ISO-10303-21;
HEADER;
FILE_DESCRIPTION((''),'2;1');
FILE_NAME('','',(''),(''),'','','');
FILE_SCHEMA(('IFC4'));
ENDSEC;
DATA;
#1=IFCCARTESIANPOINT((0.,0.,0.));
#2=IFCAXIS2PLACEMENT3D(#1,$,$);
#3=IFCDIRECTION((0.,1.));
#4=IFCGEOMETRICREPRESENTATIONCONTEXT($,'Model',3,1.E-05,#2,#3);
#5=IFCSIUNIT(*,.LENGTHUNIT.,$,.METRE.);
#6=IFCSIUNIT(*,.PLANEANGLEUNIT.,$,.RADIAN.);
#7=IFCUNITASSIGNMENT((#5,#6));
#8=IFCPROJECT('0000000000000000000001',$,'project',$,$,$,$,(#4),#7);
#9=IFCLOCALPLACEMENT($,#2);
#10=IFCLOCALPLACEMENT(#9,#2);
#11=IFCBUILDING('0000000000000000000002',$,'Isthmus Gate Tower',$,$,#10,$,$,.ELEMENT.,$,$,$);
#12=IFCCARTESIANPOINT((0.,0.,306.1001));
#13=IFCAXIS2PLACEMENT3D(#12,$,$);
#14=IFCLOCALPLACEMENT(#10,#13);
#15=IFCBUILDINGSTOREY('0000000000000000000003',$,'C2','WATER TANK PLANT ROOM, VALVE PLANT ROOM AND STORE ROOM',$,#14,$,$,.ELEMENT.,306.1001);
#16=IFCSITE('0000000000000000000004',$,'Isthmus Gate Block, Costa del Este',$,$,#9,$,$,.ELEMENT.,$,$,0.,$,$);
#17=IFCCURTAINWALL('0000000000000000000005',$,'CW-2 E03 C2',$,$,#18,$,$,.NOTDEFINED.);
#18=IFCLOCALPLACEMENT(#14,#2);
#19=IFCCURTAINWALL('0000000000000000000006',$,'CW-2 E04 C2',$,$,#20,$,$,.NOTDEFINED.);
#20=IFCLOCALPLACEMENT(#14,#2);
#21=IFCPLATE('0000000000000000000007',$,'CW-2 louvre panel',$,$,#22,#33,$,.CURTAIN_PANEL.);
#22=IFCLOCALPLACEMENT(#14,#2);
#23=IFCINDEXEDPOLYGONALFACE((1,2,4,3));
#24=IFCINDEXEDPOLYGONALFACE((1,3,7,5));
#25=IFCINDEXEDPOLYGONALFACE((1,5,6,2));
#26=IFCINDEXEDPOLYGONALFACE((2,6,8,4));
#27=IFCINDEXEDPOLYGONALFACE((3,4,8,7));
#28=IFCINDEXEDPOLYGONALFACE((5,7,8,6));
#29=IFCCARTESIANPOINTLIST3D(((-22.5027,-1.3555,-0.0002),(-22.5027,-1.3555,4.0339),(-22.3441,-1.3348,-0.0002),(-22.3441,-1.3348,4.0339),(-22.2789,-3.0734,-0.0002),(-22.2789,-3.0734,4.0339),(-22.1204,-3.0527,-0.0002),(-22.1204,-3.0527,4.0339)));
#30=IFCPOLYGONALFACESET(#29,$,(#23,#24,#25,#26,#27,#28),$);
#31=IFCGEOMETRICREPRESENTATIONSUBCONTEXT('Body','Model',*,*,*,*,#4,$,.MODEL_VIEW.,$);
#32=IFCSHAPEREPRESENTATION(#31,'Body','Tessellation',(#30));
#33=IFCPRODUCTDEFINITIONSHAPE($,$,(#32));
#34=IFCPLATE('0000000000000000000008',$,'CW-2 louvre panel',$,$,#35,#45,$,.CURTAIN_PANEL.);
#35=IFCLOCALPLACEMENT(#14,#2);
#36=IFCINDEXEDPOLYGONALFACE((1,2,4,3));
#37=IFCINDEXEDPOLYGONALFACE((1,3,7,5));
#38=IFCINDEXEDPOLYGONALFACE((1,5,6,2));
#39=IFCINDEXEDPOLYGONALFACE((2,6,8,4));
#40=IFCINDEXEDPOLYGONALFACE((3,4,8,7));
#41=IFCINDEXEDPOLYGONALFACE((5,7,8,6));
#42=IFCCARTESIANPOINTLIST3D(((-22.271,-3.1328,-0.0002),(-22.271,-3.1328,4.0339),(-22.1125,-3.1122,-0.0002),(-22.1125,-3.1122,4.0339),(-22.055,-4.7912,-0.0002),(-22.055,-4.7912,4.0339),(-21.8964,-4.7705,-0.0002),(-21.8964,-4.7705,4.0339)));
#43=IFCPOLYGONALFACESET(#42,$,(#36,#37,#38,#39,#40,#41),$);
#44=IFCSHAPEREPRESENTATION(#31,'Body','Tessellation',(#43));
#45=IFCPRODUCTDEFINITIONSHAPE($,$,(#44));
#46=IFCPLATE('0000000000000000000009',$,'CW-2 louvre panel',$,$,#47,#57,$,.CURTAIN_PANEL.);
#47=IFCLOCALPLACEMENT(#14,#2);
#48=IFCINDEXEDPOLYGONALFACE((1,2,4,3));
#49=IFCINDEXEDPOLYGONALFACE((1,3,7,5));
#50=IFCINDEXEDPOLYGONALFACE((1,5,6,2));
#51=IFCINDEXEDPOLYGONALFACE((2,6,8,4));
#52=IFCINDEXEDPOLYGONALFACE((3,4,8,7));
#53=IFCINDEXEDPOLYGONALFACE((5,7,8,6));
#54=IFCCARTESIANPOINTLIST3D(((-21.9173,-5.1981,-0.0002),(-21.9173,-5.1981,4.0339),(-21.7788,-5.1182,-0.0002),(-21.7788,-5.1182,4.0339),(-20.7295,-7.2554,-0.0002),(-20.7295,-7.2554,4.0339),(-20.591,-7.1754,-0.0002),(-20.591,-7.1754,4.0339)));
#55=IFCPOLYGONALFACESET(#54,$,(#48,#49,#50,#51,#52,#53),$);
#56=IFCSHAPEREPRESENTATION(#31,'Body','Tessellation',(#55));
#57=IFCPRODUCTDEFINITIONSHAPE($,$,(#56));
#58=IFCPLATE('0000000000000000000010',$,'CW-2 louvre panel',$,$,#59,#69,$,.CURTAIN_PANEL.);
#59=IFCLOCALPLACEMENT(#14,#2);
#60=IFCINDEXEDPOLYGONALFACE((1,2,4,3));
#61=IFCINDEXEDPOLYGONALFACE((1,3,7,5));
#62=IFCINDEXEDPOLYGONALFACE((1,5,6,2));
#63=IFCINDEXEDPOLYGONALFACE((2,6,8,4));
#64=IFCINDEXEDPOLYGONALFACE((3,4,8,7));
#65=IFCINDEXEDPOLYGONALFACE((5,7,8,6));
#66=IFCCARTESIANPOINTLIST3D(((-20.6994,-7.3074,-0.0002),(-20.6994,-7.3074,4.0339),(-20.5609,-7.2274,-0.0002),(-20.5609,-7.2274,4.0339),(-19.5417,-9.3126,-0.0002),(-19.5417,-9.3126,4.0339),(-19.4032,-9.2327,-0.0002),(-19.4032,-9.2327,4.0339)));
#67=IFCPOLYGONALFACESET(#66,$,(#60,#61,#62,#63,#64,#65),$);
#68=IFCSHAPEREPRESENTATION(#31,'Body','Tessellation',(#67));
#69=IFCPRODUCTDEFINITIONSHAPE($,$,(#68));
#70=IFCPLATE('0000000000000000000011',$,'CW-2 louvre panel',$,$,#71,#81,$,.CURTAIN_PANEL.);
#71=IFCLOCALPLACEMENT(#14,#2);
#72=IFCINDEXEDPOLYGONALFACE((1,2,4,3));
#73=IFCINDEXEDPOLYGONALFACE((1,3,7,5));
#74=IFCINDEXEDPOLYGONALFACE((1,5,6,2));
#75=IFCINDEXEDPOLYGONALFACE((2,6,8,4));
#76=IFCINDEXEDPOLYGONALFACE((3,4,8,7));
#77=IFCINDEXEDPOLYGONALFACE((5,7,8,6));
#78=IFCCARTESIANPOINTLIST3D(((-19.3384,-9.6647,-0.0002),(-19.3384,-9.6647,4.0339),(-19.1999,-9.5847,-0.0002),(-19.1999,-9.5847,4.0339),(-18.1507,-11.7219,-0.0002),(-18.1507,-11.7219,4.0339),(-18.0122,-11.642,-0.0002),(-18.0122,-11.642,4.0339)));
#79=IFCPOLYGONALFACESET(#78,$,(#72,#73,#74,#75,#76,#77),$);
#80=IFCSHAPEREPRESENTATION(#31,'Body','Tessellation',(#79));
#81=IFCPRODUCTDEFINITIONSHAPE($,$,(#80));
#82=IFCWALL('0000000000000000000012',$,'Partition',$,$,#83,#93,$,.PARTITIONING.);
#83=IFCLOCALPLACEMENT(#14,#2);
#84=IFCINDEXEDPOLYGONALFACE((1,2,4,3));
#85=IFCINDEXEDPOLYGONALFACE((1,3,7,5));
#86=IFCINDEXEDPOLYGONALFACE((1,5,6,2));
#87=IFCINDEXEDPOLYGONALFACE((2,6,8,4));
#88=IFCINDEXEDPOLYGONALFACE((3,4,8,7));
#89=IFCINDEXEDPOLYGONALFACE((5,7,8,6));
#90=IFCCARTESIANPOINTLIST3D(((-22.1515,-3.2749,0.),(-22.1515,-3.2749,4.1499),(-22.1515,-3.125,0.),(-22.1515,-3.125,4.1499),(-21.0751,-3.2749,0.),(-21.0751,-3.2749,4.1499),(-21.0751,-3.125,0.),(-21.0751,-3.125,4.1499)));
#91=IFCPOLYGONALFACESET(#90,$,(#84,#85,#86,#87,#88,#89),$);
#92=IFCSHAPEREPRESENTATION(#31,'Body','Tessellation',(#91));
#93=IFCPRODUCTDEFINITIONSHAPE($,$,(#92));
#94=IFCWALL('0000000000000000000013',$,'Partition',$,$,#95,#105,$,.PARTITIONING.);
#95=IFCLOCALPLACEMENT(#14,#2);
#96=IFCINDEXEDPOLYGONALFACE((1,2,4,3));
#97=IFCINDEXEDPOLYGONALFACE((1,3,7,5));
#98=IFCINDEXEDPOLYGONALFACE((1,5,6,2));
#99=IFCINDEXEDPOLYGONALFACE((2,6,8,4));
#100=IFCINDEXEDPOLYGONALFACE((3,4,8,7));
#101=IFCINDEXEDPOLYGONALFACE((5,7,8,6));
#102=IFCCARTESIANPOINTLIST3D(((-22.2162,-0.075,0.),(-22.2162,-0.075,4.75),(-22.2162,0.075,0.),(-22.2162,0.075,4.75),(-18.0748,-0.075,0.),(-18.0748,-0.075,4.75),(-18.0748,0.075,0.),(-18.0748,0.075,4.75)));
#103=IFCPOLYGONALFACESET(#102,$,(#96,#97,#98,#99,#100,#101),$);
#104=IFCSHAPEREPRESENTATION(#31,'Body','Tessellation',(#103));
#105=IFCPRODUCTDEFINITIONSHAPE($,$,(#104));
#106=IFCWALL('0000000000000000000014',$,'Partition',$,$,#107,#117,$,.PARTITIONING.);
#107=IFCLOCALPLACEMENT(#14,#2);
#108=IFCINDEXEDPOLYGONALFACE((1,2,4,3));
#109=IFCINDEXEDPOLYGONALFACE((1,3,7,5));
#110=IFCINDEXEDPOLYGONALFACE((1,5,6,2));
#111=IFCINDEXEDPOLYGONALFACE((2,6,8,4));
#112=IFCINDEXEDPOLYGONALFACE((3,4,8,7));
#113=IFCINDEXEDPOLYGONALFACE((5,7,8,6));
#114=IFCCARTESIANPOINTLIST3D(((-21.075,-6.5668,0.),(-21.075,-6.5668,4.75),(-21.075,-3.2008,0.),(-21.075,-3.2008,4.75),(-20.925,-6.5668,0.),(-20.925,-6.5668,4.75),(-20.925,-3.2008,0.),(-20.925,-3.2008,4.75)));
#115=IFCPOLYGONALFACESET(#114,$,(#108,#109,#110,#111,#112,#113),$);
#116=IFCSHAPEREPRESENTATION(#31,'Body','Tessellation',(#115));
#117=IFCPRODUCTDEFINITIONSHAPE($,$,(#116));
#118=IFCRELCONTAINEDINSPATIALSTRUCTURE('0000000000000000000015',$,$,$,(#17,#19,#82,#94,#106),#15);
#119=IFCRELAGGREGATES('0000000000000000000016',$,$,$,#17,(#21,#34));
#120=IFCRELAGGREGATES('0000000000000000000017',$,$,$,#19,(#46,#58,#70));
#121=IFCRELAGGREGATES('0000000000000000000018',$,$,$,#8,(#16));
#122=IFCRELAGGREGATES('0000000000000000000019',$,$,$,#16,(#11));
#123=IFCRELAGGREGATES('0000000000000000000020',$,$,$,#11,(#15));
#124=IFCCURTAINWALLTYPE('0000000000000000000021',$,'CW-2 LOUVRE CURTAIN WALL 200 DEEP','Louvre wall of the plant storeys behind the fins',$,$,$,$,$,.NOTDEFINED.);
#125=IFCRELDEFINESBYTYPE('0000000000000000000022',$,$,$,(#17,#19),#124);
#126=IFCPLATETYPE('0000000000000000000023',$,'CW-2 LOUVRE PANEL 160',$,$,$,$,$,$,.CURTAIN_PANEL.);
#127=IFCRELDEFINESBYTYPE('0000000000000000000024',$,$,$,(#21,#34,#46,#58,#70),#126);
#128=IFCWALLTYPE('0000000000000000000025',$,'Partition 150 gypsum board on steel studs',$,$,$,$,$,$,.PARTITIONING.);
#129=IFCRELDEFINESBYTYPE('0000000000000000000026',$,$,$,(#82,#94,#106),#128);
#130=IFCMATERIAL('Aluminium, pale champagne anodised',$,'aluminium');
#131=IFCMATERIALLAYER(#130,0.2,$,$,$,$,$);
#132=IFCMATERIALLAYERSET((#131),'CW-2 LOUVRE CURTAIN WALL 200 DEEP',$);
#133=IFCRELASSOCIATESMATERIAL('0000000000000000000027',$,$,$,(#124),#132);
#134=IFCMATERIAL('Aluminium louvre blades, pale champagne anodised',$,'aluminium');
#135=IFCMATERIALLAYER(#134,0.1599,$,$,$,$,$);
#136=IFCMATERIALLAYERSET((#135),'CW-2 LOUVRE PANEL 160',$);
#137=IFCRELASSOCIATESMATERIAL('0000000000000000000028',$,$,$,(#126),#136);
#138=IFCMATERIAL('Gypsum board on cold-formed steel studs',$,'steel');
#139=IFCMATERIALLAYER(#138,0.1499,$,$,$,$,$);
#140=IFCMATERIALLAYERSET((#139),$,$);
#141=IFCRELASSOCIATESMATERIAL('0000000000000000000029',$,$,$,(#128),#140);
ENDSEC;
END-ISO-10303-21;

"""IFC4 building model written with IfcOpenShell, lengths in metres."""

from ifc_helpers import new_model, si_unit, direction, frame, frame_2d, origin, origin_2d, place, context, subcontext, project, spatial, rectangle, extrude, material, layer, layer_set, type_object, element, aggregate, save


model = new_model("IFC4")

# Units and contexts
model_context = context("Model", 3, precision=1e-05, world=origin(), true_north=direction((0.0, 1.0)))
body_context = subcontext(model_context, "Body", "Model", "MODEL_VIEW")
ifc_project = project(units=[si_unit("LENGTHUNIT", "METRE"), si_unit("PLANEANGLEUNIT", "RADIAN")], contexts=[model_context])

# Site, building, storey
site_placement = place(None, origin())
site = spatial("IfcSite", under=ifc_project, at=site_placement, Name="Isthmus Gate Block, Costa del Este", CompositionType="ELEMENT", RefElevation=0.0)
building_placement = place(site_placement, origin())
building = spatial("IfcBuilding", under=site, at=building_placement, Name="Isthmus Gate Tower", CompositionType="ELEMENT")
storey_placement = place(building_placement, frame((0.0, 0.0, 306.1001)))
storey = spatial("IfcBuildingStorey", under=building, at=storey_placement, Name="C2", Description="WATER TANK PLANT ROOM, VALVE PLANT ROOM AND STORE ROOM", CompositionType="ELEMENT", Elevation=306.1001)

# Curtain walls
ifc_material_1 = material(Name="Aluminium, pale champagne anodised", Category="aluminium")
ifc_layer_1 = layer(ifc_material_1, 0.2)
ifc_layer_set_1 = layer_set([ifc_layer_1], Name="CW-2 LOUVRE CURTAIN WALL 200 DEEP")
curtain_wall_type = type_object("IfcCurtainWallType", Name="CW-2 LOUVRE CURTAIN WALL 200 DEEP", Description="Louvre wall of the plant storeys behind the fins", PredefinedType="NOTDEFINED", material=ifc_layer_set_1)
curtain_wall_1_placement = place(storey_placement, origin())
curtain_wall_1 = element("IfcCurtainWall", 1, at=curtain_wall_1_placement, inside=storey, type_object=curtain_wall_type, Name="CW-2 E03 C2", PredefinedType="NOTDEFINED")
curtain_wall_2_placement = place(storey_placement, origin())
curtain_wall_2 = element("IfcCurtainWall", 2, at=curtain_wall_2_placement, inside=storey, type_object=curtain_wall_type, Name="CW-2 E04 C2", PredefinedType="NOTDEFINED")

# Plates
ifc_material_2 = material(Name="Aluminium louvre blades, pale champagne anodised", Category="aluminium")
ifc_layer_2 = layer(ifc_material_2, 0.1599)
ifc_layer_set_2 = layer_set([ifc_layer_2], Name="CW-2 LOUVRE PANEL 160")
plate_type = type_object("IfcPlateType", Name="CW-2 LOUVRE PANEL 160", PredefinedType="CURTAIN_PANEL", material=ifc_layer_set_2)
plate_1_placement = place(storey_placement, frame((-22.3115, -2.2041, -0.0002), z_axis=(0.0, 0.0, 1.0), x_axis=(0.129165, -0.991623, 0.0)))
plate_1 = element("IfcPlate", 3, at=plate_1_placement, type_object=plate_type, Name="CW-2 louvre panel", PredefinedType="CURTAIN_PANEL", context=body_context, shape_type="SweptSolid", body=[
    extrude(rectangle(XDim=1.7324, YDim=0.1599, at=origin_2d()), origin(), (0.0, 0.0, 1.0), 4.0342),
])
plate_2_placement = place(storey_placement, frame((-22.0837, -3.9517, -0.0002), z_axis=(0.0, 0.0, 1.0), x_axis=(0.129165, -0.991623, 0.0)))
plate_2 = element("IfcPlate", 4, at=plate_2_placement, type_object=plate_type, Name="CW-2 louvre panel", PredefinedType="CURTAIN_PANEL", context=body_context, shape_type="SweptSolid", body=[
    extrude(rectangle(XDim=1.6724, YDim=0.1599, at=origin_2d()), origin(), (0.0, 0.0, 1.0), 4.0342),
])
aggregate(curtain_wall_1, [plate_1, plate_2])
plate_3_placement = place(storey_placement, frame((-21.2542, -6.1868, -0.0002), z_axis=(0.0, 0.0, 1.0), x_axis=(0.5, -0.866025, 0.0)))
plate_3 = element("IfcPlate", 5, at=plate_3_placement, type_object=plate_type, Name="CW-2 louvre panel", PredefinedType="CURTAIN_PANEL", context=body_context, shape_type="SweptSolid", body=[
    extrude(rectangle(XDim=2.3755, YDim=0.1599, at=origin_2d()), origin(), (0.0, 0.0, 1.0), 4.0342),
])
plate_4_placement = place(storey_placement, frame((-20.0513, -8.27, -0.0002), z_axis=(0.0, 0.0, 1.0), x_axis=(0.5, -0.866025, 0.0)))
plate_4 = element("IfcPlate", 6, at=plate_4_placement, type_object=plate_type, Name="CW-2 louvre panel", PredefinedType="CURTAIN_PANEL", context=body_context, shape_type="SweptSolid", body=[
    extrude(rectangle(XDim=2.3154, YDim=0.1599, at=origin_2d()), origin(), (0.0, 0.0, 1.0), 4.0342),
])
plate_5_placement = place(storey_placement, frame((-18.6753, -10.6533, -0.0002), z_axis=(0.0, 0.0, 1.0), x_axis=(0.5, -0.866025, 0.0)))
plate_5 = element("IfcPlate", 7, at=plate_5_placement, type_object=plate_type, Name="CW-2 louvre panel", PredefinedType="CURTAIN_PANEL", context=body_context, shape_type="SweptSolid", body=[
    extrude(rectangle(XDim=2.3755, YDim=0.1599, at=origin_2d()), origin(), (0.0, 0.0, 1.0), 4.0342),
])
aggregate(curtain_wall_2, [plate_3, plate_4, plate_5])

# Walls
ifc_material_3 = material(Name="Gypsum board on cold-formed steel studs", Category="steel")
ifc_layer_3 = layer(ifc_material_3, 0.1499)
ifc_layer_set_3 = layer_set([ifc_layer_3])
wall_type = type_object("IfcWallType", Name="Partition 150 gypsum board on steel studs", PredefinedType="PARTITIONING", material=ifc_layer_set_3)
wall_1_placement = place(storey_placement, frame((-22.1514, -3.2, 0.0), z_axis=(0.0, 0.0, 1.0), x_axis=(1.0, 0.0, 0.0)))
element("IfcWall", 8, at=wall_1_placement, inside=storey, type_object=wall_type, Name="Partition", PredefinedType="PARTITIONING", context=body_context, shape_type="SweptSolid", body=[
    extrude(rectangle(XDim=1.0764, YDim=0.1499, at=frame_2d((0.5381, 0.0))), origin(), (0.0, 0.0, 1.0), 4.1499),
])
wall_2_placement = place(storey_placement, frame((-22.2163, 0.0, 0.0), z_axis=(0.0, 0.0, 1.0), x_axis=(1.0, 0.0, 0.0)))
element("IfcWall", 9, at=wall_2_placement, inside=storey, type_object=wall_type, Name="Partition", PredefinedType="PARTITIONING", context=body_context, shape_type="SweptSolid", body=[
    extrude(rectangle(XDim=4.1414, YDim=0.1499, at=frame_2d((2.0708, 0.0))), origin(), (0.0, 0.0, 1.0), 4.75),
])
wall_3_placement = place(storey_placement, frame((-21.0, -6.5669, 0.0), z_axis=(0.0, 0.0, 1.0), x_axis=(0.0, 1.0, 0.0)))
element("IfcWall", 10, at=wall_3_placement, inside=storey, type_object=wall_type, Name="Partition", PredefinedType="PARTITIONING", context=body_context, shape_type="SweptSolid", body=[
    extrude(rectangle(XDim=3.366, YDim=0.1499, at=frame_2d((1.6831, 0.0))), origin(), (0.0, 0.0, 1.0), 4.75),
])

save(model, "model.ifc")
